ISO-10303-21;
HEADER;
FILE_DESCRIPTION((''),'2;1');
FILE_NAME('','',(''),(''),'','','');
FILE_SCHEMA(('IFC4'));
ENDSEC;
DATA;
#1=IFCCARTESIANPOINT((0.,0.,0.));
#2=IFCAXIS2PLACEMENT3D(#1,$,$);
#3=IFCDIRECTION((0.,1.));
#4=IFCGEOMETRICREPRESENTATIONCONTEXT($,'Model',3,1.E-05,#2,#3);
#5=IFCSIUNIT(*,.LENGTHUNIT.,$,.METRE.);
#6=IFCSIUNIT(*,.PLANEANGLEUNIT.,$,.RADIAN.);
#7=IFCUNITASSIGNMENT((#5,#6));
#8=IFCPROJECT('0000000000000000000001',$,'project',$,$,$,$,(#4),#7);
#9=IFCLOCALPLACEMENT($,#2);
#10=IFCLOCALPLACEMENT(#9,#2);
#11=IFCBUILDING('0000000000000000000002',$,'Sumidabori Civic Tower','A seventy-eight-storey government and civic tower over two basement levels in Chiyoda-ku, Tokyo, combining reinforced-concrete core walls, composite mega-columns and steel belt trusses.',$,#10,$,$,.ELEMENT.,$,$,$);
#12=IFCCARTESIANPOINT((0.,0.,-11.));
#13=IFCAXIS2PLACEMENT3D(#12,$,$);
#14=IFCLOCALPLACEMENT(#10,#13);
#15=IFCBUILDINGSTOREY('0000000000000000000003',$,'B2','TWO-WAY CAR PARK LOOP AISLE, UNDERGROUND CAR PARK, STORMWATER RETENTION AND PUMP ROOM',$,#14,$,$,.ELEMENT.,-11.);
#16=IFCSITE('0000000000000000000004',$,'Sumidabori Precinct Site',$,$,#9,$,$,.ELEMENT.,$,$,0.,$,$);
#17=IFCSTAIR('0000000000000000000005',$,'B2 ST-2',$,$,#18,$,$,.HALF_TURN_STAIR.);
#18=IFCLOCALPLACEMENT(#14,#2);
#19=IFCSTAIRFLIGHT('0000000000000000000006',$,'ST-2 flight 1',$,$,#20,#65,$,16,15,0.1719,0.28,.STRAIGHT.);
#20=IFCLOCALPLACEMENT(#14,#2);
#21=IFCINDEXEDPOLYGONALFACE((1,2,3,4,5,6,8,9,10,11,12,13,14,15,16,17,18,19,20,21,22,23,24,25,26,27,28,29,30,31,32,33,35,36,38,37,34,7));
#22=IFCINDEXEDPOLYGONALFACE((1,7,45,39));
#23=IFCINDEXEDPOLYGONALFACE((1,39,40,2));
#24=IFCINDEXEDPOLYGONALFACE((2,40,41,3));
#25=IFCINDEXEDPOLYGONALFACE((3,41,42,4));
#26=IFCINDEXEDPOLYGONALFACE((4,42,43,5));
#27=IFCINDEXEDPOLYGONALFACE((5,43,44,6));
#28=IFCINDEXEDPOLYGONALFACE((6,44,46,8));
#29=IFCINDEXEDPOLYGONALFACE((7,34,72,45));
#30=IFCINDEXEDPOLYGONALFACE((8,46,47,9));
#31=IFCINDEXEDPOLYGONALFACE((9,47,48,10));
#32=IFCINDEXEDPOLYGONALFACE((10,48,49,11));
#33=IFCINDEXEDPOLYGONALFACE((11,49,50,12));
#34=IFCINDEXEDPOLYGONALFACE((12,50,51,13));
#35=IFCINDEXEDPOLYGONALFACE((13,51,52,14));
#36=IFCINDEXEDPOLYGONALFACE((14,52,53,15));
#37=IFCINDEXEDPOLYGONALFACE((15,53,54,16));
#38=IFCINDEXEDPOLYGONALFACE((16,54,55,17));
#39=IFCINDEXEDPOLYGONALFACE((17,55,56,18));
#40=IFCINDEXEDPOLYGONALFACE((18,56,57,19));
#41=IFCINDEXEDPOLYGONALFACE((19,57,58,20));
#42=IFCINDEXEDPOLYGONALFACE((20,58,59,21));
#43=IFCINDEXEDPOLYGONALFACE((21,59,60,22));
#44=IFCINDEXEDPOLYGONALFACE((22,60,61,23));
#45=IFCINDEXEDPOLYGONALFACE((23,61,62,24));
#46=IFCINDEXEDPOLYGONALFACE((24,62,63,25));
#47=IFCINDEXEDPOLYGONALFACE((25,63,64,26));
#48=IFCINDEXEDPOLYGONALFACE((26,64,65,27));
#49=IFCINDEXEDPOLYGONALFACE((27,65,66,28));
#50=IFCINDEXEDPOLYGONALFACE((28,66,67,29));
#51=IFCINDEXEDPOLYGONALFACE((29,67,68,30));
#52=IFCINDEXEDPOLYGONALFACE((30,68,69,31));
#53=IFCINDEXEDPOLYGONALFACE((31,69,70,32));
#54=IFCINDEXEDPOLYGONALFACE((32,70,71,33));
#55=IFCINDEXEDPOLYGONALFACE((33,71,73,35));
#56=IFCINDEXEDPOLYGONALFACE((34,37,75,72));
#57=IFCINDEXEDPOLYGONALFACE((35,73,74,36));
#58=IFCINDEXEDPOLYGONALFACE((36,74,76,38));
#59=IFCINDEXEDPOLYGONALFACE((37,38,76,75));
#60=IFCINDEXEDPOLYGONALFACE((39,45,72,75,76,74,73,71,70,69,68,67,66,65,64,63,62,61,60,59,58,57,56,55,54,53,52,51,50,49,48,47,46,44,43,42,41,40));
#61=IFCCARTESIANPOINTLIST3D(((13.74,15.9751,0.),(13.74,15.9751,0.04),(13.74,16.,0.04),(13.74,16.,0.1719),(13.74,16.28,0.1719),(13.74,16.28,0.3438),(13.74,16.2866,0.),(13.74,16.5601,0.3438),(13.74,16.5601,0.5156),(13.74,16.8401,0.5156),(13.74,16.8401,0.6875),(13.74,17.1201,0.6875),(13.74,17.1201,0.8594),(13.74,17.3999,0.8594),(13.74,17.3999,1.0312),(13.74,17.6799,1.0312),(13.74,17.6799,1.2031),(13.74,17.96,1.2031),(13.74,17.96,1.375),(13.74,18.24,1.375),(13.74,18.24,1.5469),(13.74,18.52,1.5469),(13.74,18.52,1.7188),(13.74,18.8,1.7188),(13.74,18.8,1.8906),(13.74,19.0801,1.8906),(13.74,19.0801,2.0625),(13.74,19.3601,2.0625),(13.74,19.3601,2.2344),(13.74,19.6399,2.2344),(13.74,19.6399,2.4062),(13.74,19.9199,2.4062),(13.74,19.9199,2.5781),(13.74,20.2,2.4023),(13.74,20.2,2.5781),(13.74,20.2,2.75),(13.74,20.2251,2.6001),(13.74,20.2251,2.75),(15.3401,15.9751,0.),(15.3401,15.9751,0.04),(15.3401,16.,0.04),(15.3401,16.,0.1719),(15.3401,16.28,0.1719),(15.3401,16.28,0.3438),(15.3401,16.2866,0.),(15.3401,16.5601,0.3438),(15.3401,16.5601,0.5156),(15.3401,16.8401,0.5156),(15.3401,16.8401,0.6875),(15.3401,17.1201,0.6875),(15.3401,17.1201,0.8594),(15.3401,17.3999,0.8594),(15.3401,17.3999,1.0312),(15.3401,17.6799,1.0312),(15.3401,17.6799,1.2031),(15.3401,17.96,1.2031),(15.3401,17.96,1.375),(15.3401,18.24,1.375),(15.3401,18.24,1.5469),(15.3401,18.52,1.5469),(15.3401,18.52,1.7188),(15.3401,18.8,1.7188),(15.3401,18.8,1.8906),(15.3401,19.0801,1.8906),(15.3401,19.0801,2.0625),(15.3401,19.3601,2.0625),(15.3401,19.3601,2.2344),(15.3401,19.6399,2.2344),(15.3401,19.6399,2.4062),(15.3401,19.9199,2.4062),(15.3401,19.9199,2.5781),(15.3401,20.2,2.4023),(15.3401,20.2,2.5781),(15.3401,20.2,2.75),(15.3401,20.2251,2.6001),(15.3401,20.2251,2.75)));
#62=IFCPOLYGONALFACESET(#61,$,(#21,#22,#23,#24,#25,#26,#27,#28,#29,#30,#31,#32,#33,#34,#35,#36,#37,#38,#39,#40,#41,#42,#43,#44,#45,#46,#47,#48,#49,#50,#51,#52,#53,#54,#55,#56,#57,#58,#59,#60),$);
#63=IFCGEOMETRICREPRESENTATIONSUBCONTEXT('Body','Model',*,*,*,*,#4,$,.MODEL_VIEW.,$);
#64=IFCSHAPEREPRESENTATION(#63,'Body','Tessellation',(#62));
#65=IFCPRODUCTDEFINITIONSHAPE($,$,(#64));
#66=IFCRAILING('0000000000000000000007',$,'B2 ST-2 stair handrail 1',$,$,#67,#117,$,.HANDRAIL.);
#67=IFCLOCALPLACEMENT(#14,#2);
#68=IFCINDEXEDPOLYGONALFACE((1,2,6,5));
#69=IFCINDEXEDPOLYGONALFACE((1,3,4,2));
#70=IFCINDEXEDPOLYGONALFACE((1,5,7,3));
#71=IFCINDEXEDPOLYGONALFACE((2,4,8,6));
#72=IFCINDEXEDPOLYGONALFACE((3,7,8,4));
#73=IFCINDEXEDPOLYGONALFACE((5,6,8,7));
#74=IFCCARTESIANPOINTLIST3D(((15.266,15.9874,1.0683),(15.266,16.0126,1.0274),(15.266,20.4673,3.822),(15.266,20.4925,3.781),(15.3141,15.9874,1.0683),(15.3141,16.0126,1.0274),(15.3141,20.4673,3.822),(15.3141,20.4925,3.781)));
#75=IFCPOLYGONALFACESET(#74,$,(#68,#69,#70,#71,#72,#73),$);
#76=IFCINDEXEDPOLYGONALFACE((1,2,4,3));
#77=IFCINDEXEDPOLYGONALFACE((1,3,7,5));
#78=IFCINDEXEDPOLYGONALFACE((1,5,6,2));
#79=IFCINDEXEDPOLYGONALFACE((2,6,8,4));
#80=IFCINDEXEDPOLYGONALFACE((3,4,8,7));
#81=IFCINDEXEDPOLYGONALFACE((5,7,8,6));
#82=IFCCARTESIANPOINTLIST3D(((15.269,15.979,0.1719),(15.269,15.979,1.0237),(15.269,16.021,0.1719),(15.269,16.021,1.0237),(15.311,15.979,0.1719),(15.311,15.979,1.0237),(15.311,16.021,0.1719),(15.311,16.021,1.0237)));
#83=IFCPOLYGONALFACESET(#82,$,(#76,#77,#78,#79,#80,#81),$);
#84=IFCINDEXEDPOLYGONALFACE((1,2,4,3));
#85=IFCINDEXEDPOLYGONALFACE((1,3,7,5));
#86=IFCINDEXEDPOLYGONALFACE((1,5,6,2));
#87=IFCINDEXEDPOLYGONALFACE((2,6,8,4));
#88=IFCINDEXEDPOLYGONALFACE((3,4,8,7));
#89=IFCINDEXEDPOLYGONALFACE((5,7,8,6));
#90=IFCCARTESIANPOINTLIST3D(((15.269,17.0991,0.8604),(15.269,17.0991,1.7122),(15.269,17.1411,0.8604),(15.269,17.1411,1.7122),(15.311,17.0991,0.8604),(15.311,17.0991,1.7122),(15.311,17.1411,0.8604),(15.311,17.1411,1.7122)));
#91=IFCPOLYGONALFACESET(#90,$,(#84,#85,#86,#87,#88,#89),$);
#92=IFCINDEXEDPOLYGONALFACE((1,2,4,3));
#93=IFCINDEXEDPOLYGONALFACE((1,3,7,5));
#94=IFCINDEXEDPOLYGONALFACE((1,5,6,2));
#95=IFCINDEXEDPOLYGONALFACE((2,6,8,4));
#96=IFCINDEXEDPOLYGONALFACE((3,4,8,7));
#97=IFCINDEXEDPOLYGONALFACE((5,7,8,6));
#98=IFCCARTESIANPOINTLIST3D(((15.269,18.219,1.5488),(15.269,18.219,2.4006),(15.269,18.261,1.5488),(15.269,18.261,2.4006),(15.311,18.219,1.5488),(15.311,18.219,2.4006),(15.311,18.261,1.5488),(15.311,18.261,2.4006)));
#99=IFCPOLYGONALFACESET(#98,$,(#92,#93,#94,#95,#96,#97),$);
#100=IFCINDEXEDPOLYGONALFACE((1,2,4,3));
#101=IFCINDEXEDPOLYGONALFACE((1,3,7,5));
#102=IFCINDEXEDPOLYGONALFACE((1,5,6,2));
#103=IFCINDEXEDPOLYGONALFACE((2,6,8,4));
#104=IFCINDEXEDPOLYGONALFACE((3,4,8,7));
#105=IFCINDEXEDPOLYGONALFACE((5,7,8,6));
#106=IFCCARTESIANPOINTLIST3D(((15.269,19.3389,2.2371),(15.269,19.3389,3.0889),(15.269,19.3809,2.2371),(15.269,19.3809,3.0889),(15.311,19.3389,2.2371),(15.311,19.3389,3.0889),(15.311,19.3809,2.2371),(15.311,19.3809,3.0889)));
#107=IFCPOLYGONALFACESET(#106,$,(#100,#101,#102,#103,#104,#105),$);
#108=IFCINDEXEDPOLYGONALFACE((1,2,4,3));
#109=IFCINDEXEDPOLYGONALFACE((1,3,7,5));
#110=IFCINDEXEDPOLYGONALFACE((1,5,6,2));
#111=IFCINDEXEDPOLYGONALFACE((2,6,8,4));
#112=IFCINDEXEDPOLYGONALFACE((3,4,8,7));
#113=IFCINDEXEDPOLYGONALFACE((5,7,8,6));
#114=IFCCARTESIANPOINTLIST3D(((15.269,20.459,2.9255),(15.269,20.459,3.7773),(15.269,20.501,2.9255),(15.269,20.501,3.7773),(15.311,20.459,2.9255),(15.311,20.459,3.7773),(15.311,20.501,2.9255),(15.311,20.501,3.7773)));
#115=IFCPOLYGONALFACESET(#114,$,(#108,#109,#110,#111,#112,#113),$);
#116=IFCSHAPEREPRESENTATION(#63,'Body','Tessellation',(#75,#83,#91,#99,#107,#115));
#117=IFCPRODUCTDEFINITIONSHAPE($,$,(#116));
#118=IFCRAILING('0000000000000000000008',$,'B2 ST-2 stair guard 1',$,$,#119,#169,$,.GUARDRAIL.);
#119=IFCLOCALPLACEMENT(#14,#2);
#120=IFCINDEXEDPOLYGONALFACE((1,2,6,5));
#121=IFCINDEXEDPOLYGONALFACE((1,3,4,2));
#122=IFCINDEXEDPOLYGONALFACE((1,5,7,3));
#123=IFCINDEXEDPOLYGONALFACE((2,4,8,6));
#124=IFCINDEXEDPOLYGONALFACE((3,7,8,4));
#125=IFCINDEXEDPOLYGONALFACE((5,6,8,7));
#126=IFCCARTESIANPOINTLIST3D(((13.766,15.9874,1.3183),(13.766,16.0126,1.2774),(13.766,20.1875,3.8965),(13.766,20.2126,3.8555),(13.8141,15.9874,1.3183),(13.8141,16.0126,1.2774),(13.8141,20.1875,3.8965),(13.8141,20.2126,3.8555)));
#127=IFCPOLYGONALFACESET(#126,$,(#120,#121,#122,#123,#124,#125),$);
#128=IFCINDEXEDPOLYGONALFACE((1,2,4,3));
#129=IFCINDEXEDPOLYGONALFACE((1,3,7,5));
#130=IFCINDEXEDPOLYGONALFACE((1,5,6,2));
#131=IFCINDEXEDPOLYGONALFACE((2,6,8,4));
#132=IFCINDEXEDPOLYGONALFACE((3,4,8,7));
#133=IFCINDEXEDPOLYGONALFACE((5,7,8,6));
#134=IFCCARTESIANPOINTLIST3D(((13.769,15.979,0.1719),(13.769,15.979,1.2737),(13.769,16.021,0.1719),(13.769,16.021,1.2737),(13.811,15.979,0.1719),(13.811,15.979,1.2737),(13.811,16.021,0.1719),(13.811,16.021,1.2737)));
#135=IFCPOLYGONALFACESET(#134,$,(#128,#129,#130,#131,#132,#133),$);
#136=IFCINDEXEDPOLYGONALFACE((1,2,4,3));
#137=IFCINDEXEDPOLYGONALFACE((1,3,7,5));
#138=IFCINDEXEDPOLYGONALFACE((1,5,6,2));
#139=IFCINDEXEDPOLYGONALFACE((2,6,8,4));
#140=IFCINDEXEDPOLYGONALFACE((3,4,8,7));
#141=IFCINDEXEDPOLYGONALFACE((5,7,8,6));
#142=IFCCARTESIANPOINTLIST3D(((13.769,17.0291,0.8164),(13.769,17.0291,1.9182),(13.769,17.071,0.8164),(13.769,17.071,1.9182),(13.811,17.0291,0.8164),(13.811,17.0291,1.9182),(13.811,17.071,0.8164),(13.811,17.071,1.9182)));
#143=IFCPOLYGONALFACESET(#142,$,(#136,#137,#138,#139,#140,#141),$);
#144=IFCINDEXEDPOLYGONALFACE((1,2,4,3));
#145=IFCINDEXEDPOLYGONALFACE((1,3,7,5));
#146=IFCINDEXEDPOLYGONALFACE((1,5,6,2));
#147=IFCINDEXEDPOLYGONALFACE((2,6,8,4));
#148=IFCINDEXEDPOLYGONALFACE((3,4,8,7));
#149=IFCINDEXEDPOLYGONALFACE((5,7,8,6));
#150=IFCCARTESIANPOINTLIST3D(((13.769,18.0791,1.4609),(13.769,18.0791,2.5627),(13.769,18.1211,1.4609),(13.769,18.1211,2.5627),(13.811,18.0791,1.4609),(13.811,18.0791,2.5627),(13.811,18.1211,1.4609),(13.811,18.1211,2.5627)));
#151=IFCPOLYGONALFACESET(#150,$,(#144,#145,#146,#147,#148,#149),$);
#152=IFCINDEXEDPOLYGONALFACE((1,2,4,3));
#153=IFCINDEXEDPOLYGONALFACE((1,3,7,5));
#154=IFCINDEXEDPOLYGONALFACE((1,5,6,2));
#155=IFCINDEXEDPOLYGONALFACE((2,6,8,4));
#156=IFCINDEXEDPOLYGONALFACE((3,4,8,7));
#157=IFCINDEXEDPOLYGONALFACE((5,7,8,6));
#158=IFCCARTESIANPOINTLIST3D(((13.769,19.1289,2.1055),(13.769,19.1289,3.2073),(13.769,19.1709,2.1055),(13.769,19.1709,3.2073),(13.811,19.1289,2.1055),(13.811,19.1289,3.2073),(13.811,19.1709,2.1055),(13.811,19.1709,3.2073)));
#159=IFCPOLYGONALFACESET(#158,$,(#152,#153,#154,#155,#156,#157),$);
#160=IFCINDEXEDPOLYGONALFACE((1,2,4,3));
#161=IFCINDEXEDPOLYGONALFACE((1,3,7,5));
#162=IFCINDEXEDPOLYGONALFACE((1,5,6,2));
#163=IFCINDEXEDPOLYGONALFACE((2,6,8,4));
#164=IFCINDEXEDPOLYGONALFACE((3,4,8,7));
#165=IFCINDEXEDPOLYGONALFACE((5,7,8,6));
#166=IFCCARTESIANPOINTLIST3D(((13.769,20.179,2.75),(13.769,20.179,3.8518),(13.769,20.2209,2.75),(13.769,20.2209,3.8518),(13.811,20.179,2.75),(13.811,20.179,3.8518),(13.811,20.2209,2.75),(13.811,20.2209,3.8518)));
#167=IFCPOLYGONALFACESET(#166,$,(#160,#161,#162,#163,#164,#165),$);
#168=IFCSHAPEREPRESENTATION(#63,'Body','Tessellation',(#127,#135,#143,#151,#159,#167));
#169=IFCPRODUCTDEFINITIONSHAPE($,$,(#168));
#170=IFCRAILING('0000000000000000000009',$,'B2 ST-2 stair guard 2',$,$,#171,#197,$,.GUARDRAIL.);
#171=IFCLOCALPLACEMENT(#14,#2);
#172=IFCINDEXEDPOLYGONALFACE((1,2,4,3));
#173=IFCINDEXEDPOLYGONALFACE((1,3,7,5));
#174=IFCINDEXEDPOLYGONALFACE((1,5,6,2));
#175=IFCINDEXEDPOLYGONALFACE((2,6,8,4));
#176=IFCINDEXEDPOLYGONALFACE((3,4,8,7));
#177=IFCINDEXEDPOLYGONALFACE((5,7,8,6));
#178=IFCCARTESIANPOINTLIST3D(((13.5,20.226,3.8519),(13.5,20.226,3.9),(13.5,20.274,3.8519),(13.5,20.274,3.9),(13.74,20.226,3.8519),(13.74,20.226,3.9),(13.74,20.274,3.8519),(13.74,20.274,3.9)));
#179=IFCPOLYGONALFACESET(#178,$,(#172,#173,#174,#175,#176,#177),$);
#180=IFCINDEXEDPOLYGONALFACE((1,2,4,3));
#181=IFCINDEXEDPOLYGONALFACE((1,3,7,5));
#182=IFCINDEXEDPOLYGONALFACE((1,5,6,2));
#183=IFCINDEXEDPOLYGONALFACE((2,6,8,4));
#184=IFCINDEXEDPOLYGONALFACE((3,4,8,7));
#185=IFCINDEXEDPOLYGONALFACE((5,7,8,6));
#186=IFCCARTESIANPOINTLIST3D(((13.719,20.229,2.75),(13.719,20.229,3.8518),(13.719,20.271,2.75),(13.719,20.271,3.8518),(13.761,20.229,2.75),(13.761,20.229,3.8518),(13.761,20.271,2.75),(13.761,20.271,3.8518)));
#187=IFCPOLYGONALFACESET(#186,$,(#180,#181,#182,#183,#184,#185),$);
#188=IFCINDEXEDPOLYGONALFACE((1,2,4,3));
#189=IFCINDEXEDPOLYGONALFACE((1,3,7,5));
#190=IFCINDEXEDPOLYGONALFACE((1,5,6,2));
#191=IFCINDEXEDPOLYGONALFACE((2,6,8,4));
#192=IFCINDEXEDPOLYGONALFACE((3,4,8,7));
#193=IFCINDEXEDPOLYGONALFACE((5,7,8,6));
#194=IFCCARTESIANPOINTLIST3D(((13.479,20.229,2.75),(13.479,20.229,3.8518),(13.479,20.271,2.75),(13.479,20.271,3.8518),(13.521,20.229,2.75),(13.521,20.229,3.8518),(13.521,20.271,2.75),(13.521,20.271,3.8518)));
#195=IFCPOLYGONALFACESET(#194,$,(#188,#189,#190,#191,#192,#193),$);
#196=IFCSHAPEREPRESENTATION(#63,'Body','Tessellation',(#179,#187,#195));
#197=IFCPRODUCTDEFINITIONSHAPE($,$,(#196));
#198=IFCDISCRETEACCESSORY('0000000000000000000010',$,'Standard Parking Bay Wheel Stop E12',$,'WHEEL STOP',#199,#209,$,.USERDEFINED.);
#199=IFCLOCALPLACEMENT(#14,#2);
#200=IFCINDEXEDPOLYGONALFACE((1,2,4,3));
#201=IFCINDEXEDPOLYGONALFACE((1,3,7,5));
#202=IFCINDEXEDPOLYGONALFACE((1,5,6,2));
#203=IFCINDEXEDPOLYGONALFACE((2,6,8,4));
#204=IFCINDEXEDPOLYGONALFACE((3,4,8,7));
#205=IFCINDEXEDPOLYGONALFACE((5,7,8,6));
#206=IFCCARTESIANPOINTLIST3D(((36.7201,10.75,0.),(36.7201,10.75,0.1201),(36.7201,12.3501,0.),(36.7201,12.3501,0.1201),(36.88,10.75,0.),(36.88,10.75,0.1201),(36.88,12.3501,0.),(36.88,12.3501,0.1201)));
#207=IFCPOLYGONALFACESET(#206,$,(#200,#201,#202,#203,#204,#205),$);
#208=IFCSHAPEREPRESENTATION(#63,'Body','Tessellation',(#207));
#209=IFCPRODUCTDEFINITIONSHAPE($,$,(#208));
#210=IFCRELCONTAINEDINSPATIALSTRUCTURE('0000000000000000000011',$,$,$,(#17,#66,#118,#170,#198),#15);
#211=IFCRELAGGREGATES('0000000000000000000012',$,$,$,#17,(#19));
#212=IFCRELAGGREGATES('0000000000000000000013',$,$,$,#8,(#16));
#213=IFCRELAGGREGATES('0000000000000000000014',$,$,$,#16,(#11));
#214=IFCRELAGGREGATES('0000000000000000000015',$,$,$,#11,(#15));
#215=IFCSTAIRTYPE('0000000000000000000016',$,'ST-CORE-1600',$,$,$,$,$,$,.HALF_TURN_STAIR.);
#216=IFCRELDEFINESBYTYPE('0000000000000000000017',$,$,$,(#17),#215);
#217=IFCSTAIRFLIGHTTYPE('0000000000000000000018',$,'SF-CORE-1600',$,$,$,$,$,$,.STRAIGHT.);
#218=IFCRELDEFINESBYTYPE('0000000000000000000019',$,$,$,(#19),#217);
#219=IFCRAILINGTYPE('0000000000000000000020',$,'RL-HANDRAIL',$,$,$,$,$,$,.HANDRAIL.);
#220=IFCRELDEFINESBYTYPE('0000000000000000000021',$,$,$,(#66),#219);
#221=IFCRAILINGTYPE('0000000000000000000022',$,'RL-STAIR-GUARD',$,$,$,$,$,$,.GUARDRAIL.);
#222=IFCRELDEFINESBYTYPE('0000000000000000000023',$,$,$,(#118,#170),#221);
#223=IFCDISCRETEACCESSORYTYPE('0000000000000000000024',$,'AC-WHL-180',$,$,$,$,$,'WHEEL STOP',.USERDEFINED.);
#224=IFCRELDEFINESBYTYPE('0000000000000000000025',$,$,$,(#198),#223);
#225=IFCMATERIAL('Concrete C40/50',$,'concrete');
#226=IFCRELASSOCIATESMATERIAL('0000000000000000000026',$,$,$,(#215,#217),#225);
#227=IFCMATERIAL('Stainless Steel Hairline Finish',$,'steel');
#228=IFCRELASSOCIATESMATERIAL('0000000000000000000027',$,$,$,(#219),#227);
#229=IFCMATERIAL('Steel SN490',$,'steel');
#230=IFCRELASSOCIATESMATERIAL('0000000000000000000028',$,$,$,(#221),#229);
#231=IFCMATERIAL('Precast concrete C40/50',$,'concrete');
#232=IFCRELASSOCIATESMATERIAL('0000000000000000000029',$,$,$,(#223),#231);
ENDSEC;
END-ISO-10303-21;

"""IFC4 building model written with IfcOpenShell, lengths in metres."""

from ifc_helpers import new_model, si_unit, direction, frame, origin, origin_2d, place, context, subcontext, project, spatial, polyline, rectangle, outline, extrude, source, transform, mapped, material, type_object, element, aggregate, save


model = new_model("IFC4")

# Units and contexts
model_context = context("Model", 3, precision=1e-05, world=origin(), true_north=direction((0.0, 1.0)))
body_context = subcontext(model_context, "Body", "Model", "MODEL_VIEW")
ifc_project = project(units=[si_unit("LENGTHUNIT", "METRE"), si_unit("PLANEANGLEUNIT", "RADIAN")], contexts=[model_context])

# Site, building, storey
site_placement = place(None, origin())
site = spatial("IfcSite", under=ifc_project, at=site_placement, Name="Sumidabori Precinct Site", CompositionType="ELEMENT", RefElevation=0.0)
building_placement = place(site_placement, origin())
building = spatial("IfcBuilding", under=site, at=building_placement, Name="Sumidabori Civic Tower", Description="A seventy-eight-storey government and civic tower over two basement levels in Chiyoda-ku, Tokyo, combining reinforced-concrete core walls, composite mega-columns and steel belt trusses.", CompositionType="ELEMENT")
storey_placement = place(building_placement, frame((0.0, 0.0, -11.0)))
storey = spatial("IfcBuildingStorey", under=building, at=storey_placement, Name="B2", Description="TWO-WAY CAR PARK LOOP AISLE, UNDERGROUND CAR PARK, STORMWATER RETENTION AND PUMP ROOM", CompositionType="ELEMENT", Elevation=-11.0)

# Shared definitions
ifc_material_1 = material(Name="Steel SN490", Category="steel")

# Stair, stair flight
ifc_material_2 = material(Name="Concrete C40/50", Category="concrete")
stair_type = type_object("IfcStairType", Name="ST-CORE-1600", PredefinedType="HALF_TURN_STAIR", material=ifc_material_2)
stair_placement = place(storey_placement, origin())
stair = element("IfcStair", 1, at=stair_placement, inside=storey, type_object=stair_type, Name="B2 ST-2", PredefinedType="HALF_TURN_STAIR")
stair_flight_type = type_object("IfcStairFlightType", Name="SF-CORE-1600", PredefinedType="STRAIGHT", material=ifc_material_2)
shared_shape_1 = source(origin(), body_context, "Body", "SweptSolid", [
    extrude(outline(polyline([(-0.0249, 0.0), (-0.0249, 0.04), (0.0, 0.04), (0.0, 0.1719), (0.28, 0.1719), (0.28, 0.3438), (0.5601, 0.3438), (0.5601, 0.5156), (0.8401, 0.5156), (0.8401, 0.6875), (1.1201, 0.6875), (1.1201, 0.8594), (1.3999, 0.8594), (1.3999, 1.0312), (1.6799, 1.0312), (1.6799, 1.2031), (1.96, 1.2031), (1.96, 1.375), (2.24, 1.375), (2.24, 1.5469), (2.52, 1.5469), (2.52, 1.7188), (2.8, 1.7188), (2.8, 1.8906), (3.0801, 1.8906), (3.0801, 2.0625), (3.3601, 2.0625), (3.3601, 2.2344), (3.6399, 2.2344), (3.6399, 2.4062), (3.9199, 2.4062), (3.9199, 2.5781), (4.2, 2.5781), (4.2, 2.75), (4.2251, 2.75), (4.2251, 2.6001), (4.2, 2.4023), (0.2866, 0.0), (-0.0249, 0.0)])), frame((0.0, 0.8, 0.0), z_axis=(0.0, -1.0, 0.0), x_axis=(1.0, 0.0, 0.0)), (0.0, 0.0, 1.0), 1.6001),
])
stair_flight_placement = place(storey_placement, frame((14.54, 16.0, 0.0), z_axis=(0.0, 0.0, 1.0), x_axis=(0.0, 1.0, 0.0)))
stair_flight = element("IfcStairFlight", 2, at=stair_flight_placement, type_object=stair_flight_type, Name="ST-2 flight 1", NumberOfRisers=16, NumberOfTreads=15, PredefinedType="STRAIGHT", RiserHeight=0.1719, TreadLength=0.28, context=body_context, shape_type="MappedRepresentation", body=[
    mapped(shared_shape_1, transform((0.0, 0.0, 0.0), x_axis=(1.0, 0.0, 0.0), y_axis=(0.0, 1.0, 0.0), z_axis=(0.0, 0.0, 1.0), scale=1.0)),
])
aggregate(stair, [stair_flight])

# Railings
ifc_material_3 = material(Name="Stainless Steel Hairline Finish", Category="steel")
railing_type_1 = type_object("IfcRailingType", Name="RL-HANDRAIL", PredefinedType="HANDRAIL", material=ifc_material_3)
railing_1_placement = place(storey_placement, frame((15.29, 16.0, 0.1719)))
element("IfcRailing", 3, at=railing_1_placement, inside=storey, type_object=railing_type_1, Name="B2 ST-2 stair handrail 1", PredefinedType="HANDRAIL", context=body_context, shape_type="SweptSolid", body=[
    extrude(rectangle(XDim=0.0481, YDim=0.0481, at=origin_2d()), frame((0.0, 0.0, 0.876), z_axis=(0.0, 0.851934, 0.523649), x_axis=(-1.0, 0.0, 0.0)), (0.0, 0.0, 1.0), 5.2585),
    extrude(rectangle(XDim=0.042, YDim=0.042, at=origin_2d()), origin(), (0.0, 0.0, 1.0), 0.8518),
    extrude(rectangle(XDim=0.042, YDim=0.042, at=origin_2d()), frame((0.0, 1.1201, 0.6885)), (0.0, 0.0, 1.0), 0.8518),
    extrude(rectangle(XDim=0.042, YDim=0.042, at=origin_2d()), frame((0.0, 2.24, 1.377)), (0.0, 0.0, 1.0), 0.8518),
    extrude(rectangle(XDim=0.042, YDim=0.042, at=origin_2d()), frame((0.0, 3.3599, 2.0652)), (0.0, 0.0, 1.0), 0.8518),
    extrude(rectangle(XDim=0.042, YDim=0.042, at=origin_2d()), frame((0.0, 4.48, 2.7537)), (0.0, 0.0, 1.0), 0.8518),
])
railing_type_2 = type_object("IfcRailingType", Name="RL-STAIR-GUARD", PredefinedType="GUARDRAIL", material=ifc_material_1)
railing_2_placement = place(storey_placement, frame((13.79, 16.0, 0.1719)))
element("IfcRailing", 4, at=railing_2_placement, inside=storey, type_object=railing_type_2, Name="B2 ST-2 stair guard 1", PredefinedType="GUARDRAIL", context=body_context, shape_type="SweptSolid", body=[
    extrude(rectangle(XDim=0.0481, YDim=0.0481, at=origin_2d()), frame((0.0, 0.0, 1.126), z_axis=(0.0, 0.852243, 0.523146), x_axis=(-1.0, 0.0, 0.0)), (0.0, 0.0, 1.0), 4.9282),
    extrude(rectangle(XDim=0.042, YDim=0.042, at=origin_2d()), origin(), (0.0, 0.0, 1.0), 1.1018),
    extrude(rectangle(XDim=0.042, YDim=0.042, at=origin_2d()), frame((0.0, 1.05, 0.6445)), (0.0, 0.0, 1.0), 1.1018),
    extrude(rectangle(XDim=0.042, YDim=0.042, at=origin_2d()), frame((0.0, 2.1001, 1.2891)), (0.0, 0.0, 1.0), 1.1018),
    extrude(rectangle(XDim=0.042, YDim=0.042, at=origin_2d()), frame((0.0, 3.1499, 1.9336)), (0.0, 0.0, 1.0), 1.1018),
    extrude(rectangle(XDim=0.042, YDim=0.042, at=origin_2d()), frame((0.0, 4.2, 2.5781)), (0.0, 0.0, 1.0), 1.1018),
])
railing_3_placement = place(storey_placement, frame((13.74, 20.25, 2.75)))
element("IfcRailing", 5, at=railing_3_placement, inside=storey, type_object=railing_type_2, Name="B2 ST-2 stair guard 2", PredefinedType="GUARDRAIL", context=body_context, shape_type="SweptSolid", body=[
    extrude(rectangle(XDim=0.0481, YDim=0.0481, at=origin_2d()), frame((0.0, 0.0, 1.126), z_axis=(-1.0, 0.0, 0.0), x_axis=(0.0, -1.0, 0.0)), (0.0, 0.0, 1.0), 0.24),
    extrude(rectangle(XDim=0.042, YDim=0.042, at=origin_2d()), origin(), (0.0, 0.0, 1.0), 1.1018),
    extrude(rectangle(XDim=0.042, YDim=0.042, at=origin_2d()), frame((-0.24, 0.0, 0.0)), (0.0, 0.0, 1.0), 1.1018),
])

# Discrete accessory
ifc_material_4 = material(Name="Precast concrete C40/50", Category="concrete")
discrete_accessory_type = type_object("IfcDiscreteAccessoryType", Name="AC-WHL-180", ElementType="WHEEL STOP", PredefinedType="USERDEFINED", material=ifc_material_4)
shared_shape_2 = source(origin(), body_context, "Body", "SweptSolid", [
    extrude(rectangle(XDim=0.1599, YDim=1.6001, at=origin_2d()), origin(), (0.0, 0.0, 1.0), 0.1201),
])
discrete_accessory_placement = place(storey_placement, frame((36.8, 11.55, 0.0), z_axis=(0.0, 0.0, 1.0), x_axis=(1.0, 0.0, 0.0)))
element("IfcDiscreteAccessory", 6, at=discrete_accessory_placement, inside=storey, type_object=discrete_accessory_type, Name="Standard Parking Bay Wheel Stop E12", ObjectType="WHEEL STOP", PredefinedType="USERDEFINED", context=body_context, shape_type="MappedRepresentation", body=[
    mapped(shared_shape_2, transform((0.0, 0.0, 0.0), x_axis=(1.0, 0.0, 0.0), y_axis=(0.0, 1.0, 0.0), z_axis=(0.0, 0.0, 1.0), scale=1.0)),
])

save(model, "model.ifc")
